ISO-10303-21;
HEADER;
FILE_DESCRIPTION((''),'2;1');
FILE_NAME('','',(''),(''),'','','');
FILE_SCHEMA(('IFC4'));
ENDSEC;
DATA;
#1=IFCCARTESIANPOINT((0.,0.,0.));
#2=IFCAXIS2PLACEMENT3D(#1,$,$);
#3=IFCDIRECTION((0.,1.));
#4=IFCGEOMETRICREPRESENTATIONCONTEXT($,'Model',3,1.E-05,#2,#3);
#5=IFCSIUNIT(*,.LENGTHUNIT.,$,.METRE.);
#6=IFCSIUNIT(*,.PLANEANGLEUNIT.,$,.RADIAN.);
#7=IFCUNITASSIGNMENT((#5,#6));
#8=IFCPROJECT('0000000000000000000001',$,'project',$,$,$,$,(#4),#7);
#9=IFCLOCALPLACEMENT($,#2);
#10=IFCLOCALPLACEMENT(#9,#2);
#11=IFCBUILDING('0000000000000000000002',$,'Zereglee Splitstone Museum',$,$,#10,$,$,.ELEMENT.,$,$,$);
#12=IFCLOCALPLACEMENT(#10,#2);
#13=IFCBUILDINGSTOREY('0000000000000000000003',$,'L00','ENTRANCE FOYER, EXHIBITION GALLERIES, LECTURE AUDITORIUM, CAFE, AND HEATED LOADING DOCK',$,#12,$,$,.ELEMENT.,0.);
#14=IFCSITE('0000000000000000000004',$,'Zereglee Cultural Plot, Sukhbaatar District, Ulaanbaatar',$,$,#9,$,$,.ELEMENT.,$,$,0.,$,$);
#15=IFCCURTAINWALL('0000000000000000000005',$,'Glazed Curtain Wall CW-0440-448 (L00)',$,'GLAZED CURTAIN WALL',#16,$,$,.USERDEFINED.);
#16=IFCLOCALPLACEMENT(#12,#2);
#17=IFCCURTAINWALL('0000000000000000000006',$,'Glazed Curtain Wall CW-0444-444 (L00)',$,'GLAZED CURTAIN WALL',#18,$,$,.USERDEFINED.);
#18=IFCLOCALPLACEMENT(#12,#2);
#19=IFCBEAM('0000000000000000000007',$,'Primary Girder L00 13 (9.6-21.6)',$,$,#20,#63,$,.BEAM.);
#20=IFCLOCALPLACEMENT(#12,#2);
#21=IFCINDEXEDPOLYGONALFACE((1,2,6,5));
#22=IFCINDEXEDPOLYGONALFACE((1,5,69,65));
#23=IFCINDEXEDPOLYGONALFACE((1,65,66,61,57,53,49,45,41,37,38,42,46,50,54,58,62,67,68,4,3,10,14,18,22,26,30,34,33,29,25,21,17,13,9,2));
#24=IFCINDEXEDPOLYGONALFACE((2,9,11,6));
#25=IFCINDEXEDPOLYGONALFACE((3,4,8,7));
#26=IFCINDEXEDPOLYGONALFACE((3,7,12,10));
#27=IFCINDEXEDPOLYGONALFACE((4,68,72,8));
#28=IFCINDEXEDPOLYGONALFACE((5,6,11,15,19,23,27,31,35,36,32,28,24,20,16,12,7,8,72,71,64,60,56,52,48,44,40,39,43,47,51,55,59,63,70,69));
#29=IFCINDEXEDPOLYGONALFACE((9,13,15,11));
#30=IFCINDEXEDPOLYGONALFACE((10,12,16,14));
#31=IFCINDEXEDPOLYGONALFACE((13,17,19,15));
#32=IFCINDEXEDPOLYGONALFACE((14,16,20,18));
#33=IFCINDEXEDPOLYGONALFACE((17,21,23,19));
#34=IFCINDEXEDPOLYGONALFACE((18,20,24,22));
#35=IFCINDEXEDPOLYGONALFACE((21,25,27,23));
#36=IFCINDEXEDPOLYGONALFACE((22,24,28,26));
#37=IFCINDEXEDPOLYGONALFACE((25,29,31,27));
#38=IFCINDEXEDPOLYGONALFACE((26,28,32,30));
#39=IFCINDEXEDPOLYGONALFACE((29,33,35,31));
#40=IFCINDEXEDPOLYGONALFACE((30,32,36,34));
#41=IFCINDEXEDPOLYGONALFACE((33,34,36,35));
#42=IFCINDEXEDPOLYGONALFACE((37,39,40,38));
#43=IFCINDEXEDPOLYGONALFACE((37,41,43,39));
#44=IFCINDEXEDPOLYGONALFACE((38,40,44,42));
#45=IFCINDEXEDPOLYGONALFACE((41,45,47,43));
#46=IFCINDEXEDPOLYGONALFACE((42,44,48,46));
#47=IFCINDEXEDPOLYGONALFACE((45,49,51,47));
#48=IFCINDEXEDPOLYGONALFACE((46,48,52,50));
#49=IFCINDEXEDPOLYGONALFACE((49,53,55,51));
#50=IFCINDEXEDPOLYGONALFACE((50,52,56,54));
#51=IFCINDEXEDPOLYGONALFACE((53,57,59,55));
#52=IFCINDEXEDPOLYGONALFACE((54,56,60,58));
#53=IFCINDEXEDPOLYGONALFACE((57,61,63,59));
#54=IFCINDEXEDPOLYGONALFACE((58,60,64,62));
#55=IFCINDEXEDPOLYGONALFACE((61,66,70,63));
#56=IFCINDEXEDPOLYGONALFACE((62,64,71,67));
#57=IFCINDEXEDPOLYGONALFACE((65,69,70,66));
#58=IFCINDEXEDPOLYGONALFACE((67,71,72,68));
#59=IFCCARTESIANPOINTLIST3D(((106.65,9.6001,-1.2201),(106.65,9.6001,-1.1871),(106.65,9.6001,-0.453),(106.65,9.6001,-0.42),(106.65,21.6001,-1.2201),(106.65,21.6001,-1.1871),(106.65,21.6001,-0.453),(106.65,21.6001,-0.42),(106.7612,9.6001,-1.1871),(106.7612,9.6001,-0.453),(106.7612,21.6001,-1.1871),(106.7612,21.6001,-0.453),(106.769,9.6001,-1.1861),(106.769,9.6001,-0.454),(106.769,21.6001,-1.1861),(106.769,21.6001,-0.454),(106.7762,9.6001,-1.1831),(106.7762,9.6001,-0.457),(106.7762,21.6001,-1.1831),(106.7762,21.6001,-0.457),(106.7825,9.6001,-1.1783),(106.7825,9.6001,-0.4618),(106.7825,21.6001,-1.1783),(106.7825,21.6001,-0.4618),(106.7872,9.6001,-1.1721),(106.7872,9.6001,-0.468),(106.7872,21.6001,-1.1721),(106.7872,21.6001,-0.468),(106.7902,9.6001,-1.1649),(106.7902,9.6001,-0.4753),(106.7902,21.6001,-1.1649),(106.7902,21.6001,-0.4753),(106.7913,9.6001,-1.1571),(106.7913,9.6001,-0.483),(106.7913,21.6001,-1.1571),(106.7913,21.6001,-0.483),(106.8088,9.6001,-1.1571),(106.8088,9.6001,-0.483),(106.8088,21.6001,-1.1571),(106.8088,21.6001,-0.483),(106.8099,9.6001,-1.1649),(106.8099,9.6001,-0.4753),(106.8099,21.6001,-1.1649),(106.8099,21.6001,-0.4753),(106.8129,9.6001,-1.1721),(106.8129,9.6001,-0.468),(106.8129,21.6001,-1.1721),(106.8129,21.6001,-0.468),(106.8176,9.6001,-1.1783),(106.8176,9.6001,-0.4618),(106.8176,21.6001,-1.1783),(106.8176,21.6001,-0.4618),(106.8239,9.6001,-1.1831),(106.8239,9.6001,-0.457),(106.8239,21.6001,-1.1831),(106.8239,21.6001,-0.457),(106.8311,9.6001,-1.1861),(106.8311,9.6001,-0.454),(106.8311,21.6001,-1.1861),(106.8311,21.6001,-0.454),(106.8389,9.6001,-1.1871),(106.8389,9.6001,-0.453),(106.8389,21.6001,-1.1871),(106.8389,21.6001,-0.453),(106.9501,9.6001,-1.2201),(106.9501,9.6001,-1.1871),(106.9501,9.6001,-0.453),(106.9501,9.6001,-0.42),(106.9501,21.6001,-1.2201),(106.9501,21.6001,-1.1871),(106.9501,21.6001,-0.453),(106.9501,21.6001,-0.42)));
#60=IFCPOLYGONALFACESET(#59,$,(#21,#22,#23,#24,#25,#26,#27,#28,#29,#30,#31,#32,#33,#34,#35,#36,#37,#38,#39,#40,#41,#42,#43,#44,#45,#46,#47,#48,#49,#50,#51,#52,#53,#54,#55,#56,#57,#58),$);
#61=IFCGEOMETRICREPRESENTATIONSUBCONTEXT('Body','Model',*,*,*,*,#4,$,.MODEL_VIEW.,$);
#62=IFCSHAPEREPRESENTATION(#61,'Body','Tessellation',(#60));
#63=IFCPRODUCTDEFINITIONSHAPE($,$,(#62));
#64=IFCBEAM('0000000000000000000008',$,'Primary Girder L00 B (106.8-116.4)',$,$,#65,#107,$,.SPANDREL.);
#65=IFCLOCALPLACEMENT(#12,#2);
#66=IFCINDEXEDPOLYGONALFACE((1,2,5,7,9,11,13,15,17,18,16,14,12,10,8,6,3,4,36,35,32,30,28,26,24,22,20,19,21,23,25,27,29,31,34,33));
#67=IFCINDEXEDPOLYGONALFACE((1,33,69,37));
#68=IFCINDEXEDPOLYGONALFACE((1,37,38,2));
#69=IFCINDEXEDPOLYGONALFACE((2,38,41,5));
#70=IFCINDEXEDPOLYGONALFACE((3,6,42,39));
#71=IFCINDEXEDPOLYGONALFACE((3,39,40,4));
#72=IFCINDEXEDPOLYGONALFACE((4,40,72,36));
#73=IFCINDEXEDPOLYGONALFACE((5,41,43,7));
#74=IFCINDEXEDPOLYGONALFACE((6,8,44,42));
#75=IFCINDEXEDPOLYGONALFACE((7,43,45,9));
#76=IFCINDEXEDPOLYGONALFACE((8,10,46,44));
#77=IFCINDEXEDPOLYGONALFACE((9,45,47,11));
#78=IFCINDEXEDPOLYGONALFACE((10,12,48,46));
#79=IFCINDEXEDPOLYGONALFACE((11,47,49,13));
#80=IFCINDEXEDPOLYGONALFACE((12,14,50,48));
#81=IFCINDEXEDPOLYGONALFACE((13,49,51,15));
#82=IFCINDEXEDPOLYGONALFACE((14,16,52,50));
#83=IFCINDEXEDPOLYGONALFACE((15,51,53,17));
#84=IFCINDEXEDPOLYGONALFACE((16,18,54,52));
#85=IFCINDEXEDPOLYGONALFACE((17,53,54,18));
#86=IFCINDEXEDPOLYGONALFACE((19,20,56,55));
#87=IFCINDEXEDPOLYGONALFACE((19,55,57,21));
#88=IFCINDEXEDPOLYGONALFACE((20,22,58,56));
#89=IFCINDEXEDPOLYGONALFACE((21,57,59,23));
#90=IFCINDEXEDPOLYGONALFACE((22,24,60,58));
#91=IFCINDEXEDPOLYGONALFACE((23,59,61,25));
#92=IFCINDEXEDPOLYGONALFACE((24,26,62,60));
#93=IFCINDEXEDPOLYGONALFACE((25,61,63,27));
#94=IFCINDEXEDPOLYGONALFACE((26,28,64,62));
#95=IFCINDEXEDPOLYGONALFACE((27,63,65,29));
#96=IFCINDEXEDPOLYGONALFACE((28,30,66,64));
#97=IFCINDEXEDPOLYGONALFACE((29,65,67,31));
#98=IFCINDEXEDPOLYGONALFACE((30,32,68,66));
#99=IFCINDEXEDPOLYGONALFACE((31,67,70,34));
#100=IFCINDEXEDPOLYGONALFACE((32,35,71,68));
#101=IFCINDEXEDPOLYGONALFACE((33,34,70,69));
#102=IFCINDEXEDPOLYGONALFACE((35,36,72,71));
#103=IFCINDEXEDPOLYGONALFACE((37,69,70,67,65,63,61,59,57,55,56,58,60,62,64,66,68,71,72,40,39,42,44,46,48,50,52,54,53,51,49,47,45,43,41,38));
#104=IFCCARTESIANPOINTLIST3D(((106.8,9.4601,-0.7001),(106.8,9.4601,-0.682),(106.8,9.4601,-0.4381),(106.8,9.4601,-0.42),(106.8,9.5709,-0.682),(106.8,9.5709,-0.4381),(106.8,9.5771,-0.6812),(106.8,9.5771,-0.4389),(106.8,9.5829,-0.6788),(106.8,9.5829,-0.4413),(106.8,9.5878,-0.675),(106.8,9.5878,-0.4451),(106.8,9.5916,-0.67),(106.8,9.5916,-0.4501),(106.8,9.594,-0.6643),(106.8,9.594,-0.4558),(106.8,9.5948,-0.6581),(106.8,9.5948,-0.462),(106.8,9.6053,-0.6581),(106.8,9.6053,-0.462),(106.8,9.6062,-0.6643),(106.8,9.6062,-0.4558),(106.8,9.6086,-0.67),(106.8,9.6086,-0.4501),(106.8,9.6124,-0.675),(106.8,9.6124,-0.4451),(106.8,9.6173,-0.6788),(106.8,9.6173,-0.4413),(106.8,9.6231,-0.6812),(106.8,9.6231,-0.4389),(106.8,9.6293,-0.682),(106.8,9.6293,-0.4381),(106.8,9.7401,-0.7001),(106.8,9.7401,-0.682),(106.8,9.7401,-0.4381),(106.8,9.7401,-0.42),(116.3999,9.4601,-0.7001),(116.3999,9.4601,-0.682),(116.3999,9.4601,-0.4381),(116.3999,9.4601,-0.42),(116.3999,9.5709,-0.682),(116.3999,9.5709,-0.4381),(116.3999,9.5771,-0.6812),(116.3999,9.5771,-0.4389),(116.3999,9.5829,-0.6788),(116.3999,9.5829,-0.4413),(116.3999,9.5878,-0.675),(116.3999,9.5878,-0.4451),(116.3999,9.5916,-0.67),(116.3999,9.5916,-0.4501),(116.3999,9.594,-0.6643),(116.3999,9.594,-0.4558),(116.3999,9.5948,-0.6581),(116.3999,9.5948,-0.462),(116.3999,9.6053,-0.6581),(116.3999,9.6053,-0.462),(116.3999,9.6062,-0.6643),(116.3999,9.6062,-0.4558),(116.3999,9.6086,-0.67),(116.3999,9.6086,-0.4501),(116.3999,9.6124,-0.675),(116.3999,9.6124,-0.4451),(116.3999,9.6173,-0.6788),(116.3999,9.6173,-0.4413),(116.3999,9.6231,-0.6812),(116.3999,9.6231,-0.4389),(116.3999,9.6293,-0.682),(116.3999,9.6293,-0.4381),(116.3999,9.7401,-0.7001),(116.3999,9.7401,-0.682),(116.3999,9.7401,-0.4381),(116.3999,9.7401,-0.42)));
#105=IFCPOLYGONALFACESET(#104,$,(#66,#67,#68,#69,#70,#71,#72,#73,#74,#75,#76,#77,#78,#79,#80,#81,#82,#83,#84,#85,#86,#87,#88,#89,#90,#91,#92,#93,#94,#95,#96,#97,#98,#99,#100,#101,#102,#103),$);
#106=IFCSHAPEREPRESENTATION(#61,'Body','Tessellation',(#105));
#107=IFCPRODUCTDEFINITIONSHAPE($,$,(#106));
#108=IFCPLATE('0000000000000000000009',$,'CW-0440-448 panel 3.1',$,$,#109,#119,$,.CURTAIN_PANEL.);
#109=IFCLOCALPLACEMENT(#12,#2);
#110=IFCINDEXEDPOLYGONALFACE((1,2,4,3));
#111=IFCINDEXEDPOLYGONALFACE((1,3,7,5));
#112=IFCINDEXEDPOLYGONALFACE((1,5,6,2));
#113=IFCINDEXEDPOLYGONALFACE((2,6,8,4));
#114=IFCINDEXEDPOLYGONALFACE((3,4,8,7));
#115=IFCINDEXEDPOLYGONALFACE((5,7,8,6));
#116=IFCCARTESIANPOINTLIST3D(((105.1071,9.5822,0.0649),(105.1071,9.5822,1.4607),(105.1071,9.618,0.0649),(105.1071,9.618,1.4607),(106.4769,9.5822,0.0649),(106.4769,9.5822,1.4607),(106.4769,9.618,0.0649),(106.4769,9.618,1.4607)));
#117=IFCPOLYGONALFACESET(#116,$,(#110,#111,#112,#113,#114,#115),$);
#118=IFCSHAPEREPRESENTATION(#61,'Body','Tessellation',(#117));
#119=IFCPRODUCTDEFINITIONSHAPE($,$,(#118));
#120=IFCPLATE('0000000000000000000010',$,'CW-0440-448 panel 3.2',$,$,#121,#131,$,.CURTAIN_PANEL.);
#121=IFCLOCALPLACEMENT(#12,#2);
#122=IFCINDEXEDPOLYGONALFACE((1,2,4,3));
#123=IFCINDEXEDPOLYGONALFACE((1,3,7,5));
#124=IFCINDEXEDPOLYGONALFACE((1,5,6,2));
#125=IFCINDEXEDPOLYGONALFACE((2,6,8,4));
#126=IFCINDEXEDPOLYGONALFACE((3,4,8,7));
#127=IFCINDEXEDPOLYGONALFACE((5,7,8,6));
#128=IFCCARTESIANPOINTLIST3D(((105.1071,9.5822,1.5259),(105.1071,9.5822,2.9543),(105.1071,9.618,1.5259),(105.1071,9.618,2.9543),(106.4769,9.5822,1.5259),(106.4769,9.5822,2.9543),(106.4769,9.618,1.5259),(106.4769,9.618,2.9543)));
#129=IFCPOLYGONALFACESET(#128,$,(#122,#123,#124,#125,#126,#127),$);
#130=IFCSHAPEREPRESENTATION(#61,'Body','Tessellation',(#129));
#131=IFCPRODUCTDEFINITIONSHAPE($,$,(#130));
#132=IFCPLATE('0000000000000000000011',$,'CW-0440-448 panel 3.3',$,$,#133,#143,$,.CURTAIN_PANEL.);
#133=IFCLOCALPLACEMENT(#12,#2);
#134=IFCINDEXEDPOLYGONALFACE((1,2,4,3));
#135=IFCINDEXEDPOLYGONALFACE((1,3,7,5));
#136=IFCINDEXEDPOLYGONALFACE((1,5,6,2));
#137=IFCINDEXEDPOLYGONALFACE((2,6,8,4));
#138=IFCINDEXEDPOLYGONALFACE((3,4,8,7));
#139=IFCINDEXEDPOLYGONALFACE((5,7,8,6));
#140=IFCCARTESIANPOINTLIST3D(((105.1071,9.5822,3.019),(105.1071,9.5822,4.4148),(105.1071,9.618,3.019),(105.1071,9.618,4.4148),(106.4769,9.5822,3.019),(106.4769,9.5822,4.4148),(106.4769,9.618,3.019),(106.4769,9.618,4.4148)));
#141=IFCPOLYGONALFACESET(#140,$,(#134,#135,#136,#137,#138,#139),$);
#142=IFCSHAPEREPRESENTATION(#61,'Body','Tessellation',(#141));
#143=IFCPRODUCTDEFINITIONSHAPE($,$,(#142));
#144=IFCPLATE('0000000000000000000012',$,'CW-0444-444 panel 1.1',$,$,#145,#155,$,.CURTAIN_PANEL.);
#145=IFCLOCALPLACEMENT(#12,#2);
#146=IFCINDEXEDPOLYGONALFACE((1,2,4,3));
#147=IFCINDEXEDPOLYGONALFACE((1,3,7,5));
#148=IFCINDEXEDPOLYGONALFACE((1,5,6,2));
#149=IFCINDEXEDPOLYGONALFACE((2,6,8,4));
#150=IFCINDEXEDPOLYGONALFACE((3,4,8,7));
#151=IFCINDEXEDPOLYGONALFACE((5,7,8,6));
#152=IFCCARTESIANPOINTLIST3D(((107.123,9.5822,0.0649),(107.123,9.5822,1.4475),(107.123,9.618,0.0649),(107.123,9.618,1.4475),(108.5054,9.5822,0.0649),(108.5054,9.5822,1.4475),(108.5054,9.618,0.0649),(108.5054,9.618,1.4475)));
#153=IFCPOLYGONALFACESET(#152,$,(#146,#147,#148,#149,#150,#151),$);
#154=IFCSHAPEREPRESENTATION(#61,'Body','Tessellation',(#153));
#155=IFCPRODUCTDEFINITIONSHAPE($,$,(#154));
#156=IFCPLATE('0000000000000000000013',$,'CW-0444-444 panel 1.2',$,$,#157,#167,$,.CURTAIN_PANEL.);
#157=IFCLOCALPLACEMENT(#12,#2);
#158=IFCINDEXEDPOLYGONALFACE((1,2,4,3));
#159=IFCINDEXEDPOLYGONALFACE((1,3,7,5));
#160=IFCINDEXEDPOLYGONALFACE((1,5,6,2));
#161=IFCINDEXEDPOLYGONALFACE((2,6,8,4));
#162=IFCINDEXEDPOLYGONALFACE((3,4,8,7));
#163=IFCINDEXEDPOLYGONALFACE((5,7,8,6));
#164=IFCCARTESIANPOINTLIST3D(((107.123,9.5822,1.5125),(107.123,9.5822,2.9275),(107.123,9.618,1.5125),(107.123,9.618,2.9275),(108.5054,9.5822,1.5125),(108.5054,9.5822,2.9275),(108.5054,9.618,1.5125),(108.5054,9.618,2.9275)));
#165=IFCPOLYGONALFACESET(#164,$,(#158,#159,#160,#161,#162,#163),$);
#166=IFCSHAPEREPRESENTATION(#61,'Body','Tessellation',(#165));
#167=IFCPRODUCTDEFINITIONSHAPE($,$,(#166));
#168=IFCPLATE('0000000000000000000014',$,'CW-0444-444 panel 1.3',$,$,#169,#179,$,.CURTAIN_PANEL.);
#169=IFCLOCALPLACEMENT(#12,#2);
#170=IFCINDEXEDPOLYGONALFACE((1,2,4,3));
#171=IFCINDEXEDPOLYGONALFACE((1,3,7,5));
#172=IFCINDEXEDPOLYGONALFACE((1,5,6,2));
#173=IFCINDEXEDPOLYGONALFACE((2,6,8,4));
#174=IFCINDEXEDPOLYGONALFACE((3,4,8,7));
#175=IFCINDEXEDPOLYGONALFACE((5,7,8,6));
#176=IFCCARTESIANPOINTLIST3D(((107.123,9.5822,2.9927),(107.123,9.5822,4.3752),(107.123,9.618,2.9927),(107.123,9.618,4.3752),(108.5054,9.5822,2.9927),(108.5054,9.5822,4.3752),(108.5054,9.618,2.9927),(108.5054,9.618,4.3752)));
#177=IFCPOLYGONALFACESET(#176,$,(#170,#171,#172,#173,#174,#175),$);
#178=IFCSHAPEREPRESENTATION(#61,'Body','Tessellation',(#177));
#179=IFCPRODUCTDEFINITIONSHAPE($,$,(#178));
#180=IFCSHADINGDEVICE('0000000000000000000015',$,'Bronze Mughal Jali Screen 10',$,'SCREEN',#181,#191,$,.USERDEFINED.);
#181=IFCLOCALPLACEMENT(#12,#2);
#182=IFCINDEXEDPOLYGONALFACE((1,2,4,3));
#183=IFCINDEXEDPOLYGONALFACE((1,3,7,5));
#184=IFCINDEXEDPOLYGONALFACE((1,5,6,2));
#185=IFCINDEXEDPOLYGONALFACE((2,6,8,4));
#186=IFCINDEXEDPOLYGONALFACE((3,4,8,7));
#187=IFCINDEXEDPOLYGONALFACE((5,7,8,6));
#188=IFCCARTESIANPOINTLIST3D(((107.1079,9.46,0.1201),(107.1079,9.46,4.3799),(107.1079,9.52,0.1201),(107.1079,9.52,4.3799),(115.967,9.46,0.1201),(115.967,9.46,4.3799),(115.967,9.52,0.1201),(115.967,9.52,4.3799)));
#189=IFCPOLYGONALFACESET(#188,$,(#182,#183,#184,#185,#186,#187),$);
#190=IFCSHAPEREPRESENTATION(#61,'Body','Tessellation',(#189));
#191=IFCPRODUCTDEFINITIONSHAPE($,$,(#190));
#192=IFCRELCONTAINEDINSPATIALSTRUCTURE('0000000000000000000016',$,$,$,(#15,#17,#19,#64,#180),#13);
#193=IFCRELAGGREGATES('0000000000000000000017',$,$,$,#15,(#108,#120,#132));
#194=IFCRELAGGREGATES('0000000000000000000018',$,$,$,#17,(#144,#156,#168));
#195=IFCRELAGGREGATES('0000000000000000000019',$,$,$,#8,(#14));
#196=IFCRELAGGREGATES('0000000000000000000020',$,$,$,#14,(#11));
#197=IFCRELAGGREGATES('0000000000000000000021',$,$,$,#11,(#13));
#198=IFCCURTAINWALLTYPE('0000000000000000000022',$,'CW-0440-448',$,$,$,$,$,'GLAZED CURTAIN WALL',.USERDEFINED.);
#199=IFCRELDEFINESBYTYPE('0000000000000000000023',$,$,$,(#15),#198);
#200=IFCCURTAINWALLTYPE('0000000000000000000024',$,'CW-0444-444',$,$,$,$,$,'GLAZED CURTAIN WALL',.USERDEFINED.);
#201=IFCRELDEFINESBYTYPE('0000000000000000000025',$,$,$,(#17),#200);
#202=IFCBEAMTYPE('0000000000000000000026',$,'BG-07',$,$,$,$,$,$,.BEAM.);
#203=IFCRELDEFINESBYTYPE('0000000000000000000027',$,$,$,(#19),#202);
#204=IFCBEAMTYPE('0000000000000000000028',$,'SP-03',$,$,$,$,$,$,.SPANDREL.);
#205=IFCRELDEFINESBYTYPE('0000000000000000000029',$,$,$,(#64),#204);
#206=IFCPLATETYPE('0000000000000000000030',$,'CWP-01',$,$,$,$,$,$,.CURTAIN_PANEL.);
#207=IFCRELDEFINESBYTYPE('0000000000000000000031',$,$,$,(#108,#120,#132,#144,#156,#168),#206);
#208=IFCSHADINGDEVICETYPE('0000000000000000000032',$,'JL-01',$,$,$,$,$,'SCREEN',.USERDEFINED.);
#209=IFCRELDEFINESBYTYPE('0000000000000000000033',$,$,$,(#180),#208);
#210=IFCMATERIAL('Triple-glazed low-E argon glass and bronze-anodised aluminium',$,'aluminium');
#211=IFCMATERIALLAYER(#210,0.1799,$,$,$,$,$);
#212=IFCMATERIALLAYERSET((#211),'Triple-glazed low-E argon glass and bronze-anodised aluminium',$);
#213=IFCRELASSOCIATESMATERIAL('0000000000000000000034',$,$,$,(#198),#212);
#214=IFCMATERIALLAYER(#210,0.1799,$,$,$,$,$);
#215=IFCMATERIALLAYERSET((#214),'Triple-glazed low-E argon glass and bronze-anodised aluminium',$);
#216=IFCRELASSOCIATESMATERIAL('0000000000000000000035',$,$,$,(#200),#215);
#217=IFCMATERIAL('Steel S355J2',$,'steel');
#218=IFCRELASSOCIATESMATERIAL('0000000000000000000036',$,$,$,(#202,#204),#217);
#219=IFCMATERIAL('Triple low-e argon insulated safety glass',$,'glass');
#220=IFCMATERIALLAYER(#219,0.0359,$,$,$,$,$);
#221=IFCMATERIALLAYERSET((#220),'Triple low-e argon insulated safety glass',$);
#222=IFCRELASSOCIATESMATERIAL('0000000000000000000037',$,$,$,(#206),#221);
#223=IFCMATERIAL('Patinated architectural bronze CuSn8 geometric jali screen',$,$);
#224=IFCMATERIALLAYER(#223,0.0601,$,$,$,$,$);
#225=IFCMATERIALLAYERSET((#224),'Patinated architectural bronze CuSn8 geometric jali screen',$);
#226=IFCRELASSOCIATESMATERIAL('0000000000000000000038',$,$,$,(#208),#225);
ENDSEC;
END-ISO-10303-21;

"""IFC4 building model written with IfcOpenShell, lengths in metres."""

from ifc_helpers import new_model, si_unit, direction, frame, origin, origin_2d, place, context, subcontext, project, spatial, polyline, rectangle, i_section, outline, extrude, material, layer, layer_set, material_profile, profile_set, type_object, element, aggregate, save


model = new_model("IFC4")

# Units and contexts
model_context = context("Model", 3, precision=1e-05, world=origin(), true_north=direction((0.0, 1.0)))
body_context = subcontext(model_context, "Body", "Model", "MODEL_VIEW")
ifc_project = project(units=[si_unit("LENGTHUNIT", "METRE"), si_unit("PLANEANGLEUNIT", "RADIAN")], contexts=[model_context])

# Site, building, storey
site_placement = place(None, origin())
site = spatial("IfcSite", under=ifc_project, at=site_placement, Name="Zereglee Cultural Plot, Sukhbaatar District, Ulaanbaatar", CompositionType="ELEMENT", RefElevation=0.0)
building_placement = place(site_placement, origin())
building = spatial("IfcBuilding", under=site, at=building_placement, Name="Zereglee Splitstone Museum", CompositionType="ELEMENT")
storey_placement = place(building_placement, origin())
storey = spatial("IfcBuildingStorey", under=building, at=storey_placement, Name="L00", Description="ENTRANCE FOYER, EXHIBITION GALLERIES, LECTURE AUDITORIUM, CAFE, AND HEATED LOADING DOCK", CompositionType="ELEMENT", Elevation=0.0)

# Curtain wall
ifc_material_1 = material(Name="Triple-glazed low-E argon glass and bronze-anodised aluminium", Category="aluminium")
ifc_layer_1 = layer(ifc_material_1, 0.1799)
ifc_layer_set_1 = layer_set([ifc_layer_1], Name="Triple-glazed low-E argon glass and bronze-anodised aluminium")
curtain_wall_type_1 = type_object("IfcCurtainWallType", Name="CW-0440-448", ElementType="GLAZED CURTAIN WALL", PredefinedType="USERDEFINED", material=ifc_layer_set_1)
curtain_wall_1_placement = place(storey_placement, origin())
curtain_wall_1 = element("IfcCurtainWall", 1, at=curtain_wall_1_placement, inside=storey, type_object=curtain_wall_type_1, Name="Glazed Curtain Wall CW-0440-448 (L00)", ObjectType="GLAZED CURTAIN WALL", PredefinedType="USERDEFINED")

# Curtain wall
ifc_layer_2 = layer(ifc_material_1, 0.1799)
ifc_layer_set_2 = layer_set([ifc_layer_2], Name="Triple-glazed low-E argon glass and bronze-anodised aluminium")
curtain_wall_type_2 = type_object("IfcCurtainWallType", Name="CW-0444-444", ElementType="GLAZED CURTAIN WALL", PredefinedType="USERDEFINED", material=ifc_layer_set_2)
curtain_wall_2_placement = place(storey_placement, origin())
curtain_wall_2 = element("IfcCurtainWall", 2, at=curtain_wall_2_placement, inside=storey, type_object=curtain_wall_type_2, Name="Glazed Curtain Wall CW-0444-444 (L00)", ObjectType="GLAZED CURTAIN WALL", PredefinedType="USERDEFINED")

# Beams
ifc_material_2 = material(Name="Steel S355J2", Category="steel")
ifc_material_profile_1 = material_profile(ifc_material_2, i_section(OverallWidth=0.3, OverallDepth=0.8, WebThickness=0.0176, FlangeThickness=0.033, FilletRadius=0.03, at=origin_2d()), Name="HE 800 B")
ifc_profile_set_1 = profile_set([ifc_material_profile_1], Name="Steel S355J2")
beam_type_1 = type_object("IfcBeamType", Name="BG-07", PredefinedType="BEAM", material=ifc_profile_set_1)
beam_1_placement = place(storey_placement, frame((106.8, 9.6001, -0.8201), z_axis=(0.0, 1.0, 0.0), x_axis=(-1.0, 0.0, 0.0)))
element("IfcBeam", 3, at=beam_1_placement, inside=storey, type_object=beam_type_1, Name="Primary Girder L00 13 (9.6-21.6)", PredefinedType="BEAM", context=body_context, shape_type="SweptSolid", body=[
    extrude(i_section(OverallWidth=0.3, OverallDepth=0.8, WebThickness=0.0176, FlangeThickness=0.033, FilletRadius=0.03, at=origin_2d()), origin(), (0.0, 0.0, 1.0), 12.0),
])
ifc_material_profile_2 = material_profile(ifc_material_2, i_section(OverallWidth=0.28, OverallDepth=0.28, WebThickness=0.0105, FlangeThickness=0.0181, FilletRadius=0.0239, at=origin_2d()), Name="HE 280 B")
ifc_profile_set_2 = profile_set([ifc_material_profile_2], Name="Steel S355J2")
beam_type_2 = type_object("IfcBeamType", Name="SP-03", PredefinedType="SPANDREL", material=ifc_profile_set_2)
beam_2_placement = place(storey_placement, frame((106.8, 9.6001, -0.5601), z_axis=(1.0, 0.0, 0.0), x_axis=(0.0, 1.0, 0.0)))
element("IfcBeam", 4, at=beam_2_placement, inside=storey, type_object=beam_type_2, Name="Primary Girder L00 B (106.8-116.4)", PredefinedType="SPANDREL", context=body_context, shape_type="SweptSolid", body=[
    extrude(i_section(OverallWidth=0.28, OverallDepth=0.28, WebThickness=0.0105, FlangeThickness=0.0181, FilletRadius=0.0239, at=origin_2d()), origin(), (0.0, 0.0, 1.0), 9.5999),
])

# Plates
ifc_material_3 = material(Name="Triple low-e argon insulated safety glass", Category="glass")
ifc_layer_3 = layer(ifc_material_3, 0.0359)
ifc_layer_set_3 = layer_set([ifc_layer_3], Name="Triple low-e argon insulated safety glass")
plate_type = type_object("IfcPlateType", Name="CWP-01", PredefinedType="CURTAIN_PANEL", material=ifc_layer_set_3)
plate_1_placement = place(storey_placement, frame((105.792, 9.6001, 0.0649), z_axis=(0.0, 0.0, 1.0), x_axis=(1.0, 0.0, 0.0)))
plate_1 = element("IfcPlate", 5, at=plate_1_placement, type_object=plate_type, Name="CW-0440-448 panel 3.1", PredefinedType="CURTAIN_PANEL", context=body_context, shape_type="SweptSolid", body=[
    extrude(rectangle(XDim=1.3699, YDim=0.0359, at=origin_2d()), origin(), (0.0, 0.0, 1.0), 1.3958),
])
plate_2_placement = place(storey_placement, frame((105.792, 9.6001, 1.5259), z_axis=(0.0, 0.0, 1.0), x_axis=(1.0, 0.0, 0.0)))
plate_2 = element("IfcPlate", 6, at=plate_2_placement, type_object=plate_type, Name="CW-0440-448 panel 3.2", PredefinedType="CURTAIN_PANEL", context=body_context, shape_type="SweptSolid", body=[
    extrude(rectangle(XDim=1.3699, YDim=0.0359, at=origin_2d()), origin(), (0.0, 0.0, 1.0), 1.4285),
])
plate_3_placement = place(storey_placement, frame((105.792, 9.6001, 3.019), z_axis=(0.0, 0.0, 1.0), x_axis=(1.0, 0.0, 0.0)))
plate_3 = element("IfcPlate", 7, at=plate_3_placement, type_object=plate_type, Name="CW-0440-448 panel 3.3", PredefinedType="CURTAIN_PANEL", context=body_context, shape_type="SweptSolid", body=[
    extrude(rectangle(XDim=1.3699, YDim=0.0359, at=origin_2d()), origin(), (0.0, 0.0, 1.0), 1.3958),
])
aggregate(curtain_wall_1, [plate_1, plate_2, plate_3])
plate_4_placement = place(storey_placement, frame((107.8142, 9.6001, 0.0649), z_axis=(0.0, 0.0, 1.0), x_axis=(1.0, 0.0, 0.0)))
plate_4 = element("IfcPlate", 8, at=plate_4_placement, type_object=plate_type, Name="CW-0444-444 panel 1.1", PredefinedType="CURTAIN_PANEL", context=body_context, shape_type="SweptSolid", body=[
    extrude(rectangle(XDim=1.3823, YDim=0.0359, at=origin_2d()), origin(), (0.0, 0.0, 1.0), 1.3826),
])
plate_5_placement = place(storey_placement, frame((107.8142, 9.6001, 1.5125), z_axis=(0.0, 0.0, 1.0), x_axis=(1.0, 0.0, 0.0)))
plate_5 = element("IfcPlate", 9, at=plate_5_placement, type_object=plate_type, Name="CW-0444-444 panel 1.2", PredefinedType="CURTAIN_PANEL", context=body_context, shape_type="SweptSolid", body=[
    extrude(rectangle(XDim=1.3823, YDim=0.0359, at=origin_2d()), origin(), (0.0, 0.0, 1.0), 1.415),
])
plate_6_placement = place(storey_placement, frame((107.8142, 9.6001, 2.9927), z_axis=(0.0, 0.0, 1.0), x_axis=(1.0, 0.0, 0.0)))
plate_6 = element("IfcPlate", 10, at=plate_6_placement, type_object=plate_type, Name="CW-0444-444 panel 1.3", PredefinedType="CURTAIN_PANEL", context=body_context, shape_type="SweptSolid", body=[
    extrude(rectangle(XDim=1.3823, YDim=0.0359, at=origin_2d()), origin(), (0.0, 0.0, 1.0), 1.3826),
])
aggregate(curtain_wall_2, [plate_4, plate_5, plate_6])

# Shading device
ifc_material_4 = material(Name="Patinated architectural bronze CuSn8 geometric jali screen")
ifc_layer_4 = layer(ifc_material_4, 0.0601)
ifc_layer_set_4 = layer_set([ifc_layer_4], Name="Patinated architectural bronze CuSn8 geometric jali screen")
shading_device_type = type_object("IfcShadingDeviceType", Name="JL-01", ElementType="SCREEN", PredefinedType="USERDEFINED", material=ifc_layer_set_4)
shading_device_placement = place(storey_placement, frame((107.1079, 9.52, 0.1201), z_axis=(0.0, -1.0, 0.0), x_axis=(1.0, 0.0, 0.0)))
element("IfcShadingDevice", 11, at=shading_device_placement, inside=storey, type_object=shading_device_type, Name="Bronze Mughal Jali Screen 10", ObjectType="SCREEN", PredefinedType="USERDEFINED", context=body_context, shape_type="SweptSolid", body=[
    extrude(outline(polyline([(0.0, 0.0), (8.8591, 0.0), (8.8591, 4.2598), (0.0, 4.2598), (0.0, 0.0)])), origin(), (0.0, 0.0, 1.0), 0.0601),
])

save(model, "model.ifc")
